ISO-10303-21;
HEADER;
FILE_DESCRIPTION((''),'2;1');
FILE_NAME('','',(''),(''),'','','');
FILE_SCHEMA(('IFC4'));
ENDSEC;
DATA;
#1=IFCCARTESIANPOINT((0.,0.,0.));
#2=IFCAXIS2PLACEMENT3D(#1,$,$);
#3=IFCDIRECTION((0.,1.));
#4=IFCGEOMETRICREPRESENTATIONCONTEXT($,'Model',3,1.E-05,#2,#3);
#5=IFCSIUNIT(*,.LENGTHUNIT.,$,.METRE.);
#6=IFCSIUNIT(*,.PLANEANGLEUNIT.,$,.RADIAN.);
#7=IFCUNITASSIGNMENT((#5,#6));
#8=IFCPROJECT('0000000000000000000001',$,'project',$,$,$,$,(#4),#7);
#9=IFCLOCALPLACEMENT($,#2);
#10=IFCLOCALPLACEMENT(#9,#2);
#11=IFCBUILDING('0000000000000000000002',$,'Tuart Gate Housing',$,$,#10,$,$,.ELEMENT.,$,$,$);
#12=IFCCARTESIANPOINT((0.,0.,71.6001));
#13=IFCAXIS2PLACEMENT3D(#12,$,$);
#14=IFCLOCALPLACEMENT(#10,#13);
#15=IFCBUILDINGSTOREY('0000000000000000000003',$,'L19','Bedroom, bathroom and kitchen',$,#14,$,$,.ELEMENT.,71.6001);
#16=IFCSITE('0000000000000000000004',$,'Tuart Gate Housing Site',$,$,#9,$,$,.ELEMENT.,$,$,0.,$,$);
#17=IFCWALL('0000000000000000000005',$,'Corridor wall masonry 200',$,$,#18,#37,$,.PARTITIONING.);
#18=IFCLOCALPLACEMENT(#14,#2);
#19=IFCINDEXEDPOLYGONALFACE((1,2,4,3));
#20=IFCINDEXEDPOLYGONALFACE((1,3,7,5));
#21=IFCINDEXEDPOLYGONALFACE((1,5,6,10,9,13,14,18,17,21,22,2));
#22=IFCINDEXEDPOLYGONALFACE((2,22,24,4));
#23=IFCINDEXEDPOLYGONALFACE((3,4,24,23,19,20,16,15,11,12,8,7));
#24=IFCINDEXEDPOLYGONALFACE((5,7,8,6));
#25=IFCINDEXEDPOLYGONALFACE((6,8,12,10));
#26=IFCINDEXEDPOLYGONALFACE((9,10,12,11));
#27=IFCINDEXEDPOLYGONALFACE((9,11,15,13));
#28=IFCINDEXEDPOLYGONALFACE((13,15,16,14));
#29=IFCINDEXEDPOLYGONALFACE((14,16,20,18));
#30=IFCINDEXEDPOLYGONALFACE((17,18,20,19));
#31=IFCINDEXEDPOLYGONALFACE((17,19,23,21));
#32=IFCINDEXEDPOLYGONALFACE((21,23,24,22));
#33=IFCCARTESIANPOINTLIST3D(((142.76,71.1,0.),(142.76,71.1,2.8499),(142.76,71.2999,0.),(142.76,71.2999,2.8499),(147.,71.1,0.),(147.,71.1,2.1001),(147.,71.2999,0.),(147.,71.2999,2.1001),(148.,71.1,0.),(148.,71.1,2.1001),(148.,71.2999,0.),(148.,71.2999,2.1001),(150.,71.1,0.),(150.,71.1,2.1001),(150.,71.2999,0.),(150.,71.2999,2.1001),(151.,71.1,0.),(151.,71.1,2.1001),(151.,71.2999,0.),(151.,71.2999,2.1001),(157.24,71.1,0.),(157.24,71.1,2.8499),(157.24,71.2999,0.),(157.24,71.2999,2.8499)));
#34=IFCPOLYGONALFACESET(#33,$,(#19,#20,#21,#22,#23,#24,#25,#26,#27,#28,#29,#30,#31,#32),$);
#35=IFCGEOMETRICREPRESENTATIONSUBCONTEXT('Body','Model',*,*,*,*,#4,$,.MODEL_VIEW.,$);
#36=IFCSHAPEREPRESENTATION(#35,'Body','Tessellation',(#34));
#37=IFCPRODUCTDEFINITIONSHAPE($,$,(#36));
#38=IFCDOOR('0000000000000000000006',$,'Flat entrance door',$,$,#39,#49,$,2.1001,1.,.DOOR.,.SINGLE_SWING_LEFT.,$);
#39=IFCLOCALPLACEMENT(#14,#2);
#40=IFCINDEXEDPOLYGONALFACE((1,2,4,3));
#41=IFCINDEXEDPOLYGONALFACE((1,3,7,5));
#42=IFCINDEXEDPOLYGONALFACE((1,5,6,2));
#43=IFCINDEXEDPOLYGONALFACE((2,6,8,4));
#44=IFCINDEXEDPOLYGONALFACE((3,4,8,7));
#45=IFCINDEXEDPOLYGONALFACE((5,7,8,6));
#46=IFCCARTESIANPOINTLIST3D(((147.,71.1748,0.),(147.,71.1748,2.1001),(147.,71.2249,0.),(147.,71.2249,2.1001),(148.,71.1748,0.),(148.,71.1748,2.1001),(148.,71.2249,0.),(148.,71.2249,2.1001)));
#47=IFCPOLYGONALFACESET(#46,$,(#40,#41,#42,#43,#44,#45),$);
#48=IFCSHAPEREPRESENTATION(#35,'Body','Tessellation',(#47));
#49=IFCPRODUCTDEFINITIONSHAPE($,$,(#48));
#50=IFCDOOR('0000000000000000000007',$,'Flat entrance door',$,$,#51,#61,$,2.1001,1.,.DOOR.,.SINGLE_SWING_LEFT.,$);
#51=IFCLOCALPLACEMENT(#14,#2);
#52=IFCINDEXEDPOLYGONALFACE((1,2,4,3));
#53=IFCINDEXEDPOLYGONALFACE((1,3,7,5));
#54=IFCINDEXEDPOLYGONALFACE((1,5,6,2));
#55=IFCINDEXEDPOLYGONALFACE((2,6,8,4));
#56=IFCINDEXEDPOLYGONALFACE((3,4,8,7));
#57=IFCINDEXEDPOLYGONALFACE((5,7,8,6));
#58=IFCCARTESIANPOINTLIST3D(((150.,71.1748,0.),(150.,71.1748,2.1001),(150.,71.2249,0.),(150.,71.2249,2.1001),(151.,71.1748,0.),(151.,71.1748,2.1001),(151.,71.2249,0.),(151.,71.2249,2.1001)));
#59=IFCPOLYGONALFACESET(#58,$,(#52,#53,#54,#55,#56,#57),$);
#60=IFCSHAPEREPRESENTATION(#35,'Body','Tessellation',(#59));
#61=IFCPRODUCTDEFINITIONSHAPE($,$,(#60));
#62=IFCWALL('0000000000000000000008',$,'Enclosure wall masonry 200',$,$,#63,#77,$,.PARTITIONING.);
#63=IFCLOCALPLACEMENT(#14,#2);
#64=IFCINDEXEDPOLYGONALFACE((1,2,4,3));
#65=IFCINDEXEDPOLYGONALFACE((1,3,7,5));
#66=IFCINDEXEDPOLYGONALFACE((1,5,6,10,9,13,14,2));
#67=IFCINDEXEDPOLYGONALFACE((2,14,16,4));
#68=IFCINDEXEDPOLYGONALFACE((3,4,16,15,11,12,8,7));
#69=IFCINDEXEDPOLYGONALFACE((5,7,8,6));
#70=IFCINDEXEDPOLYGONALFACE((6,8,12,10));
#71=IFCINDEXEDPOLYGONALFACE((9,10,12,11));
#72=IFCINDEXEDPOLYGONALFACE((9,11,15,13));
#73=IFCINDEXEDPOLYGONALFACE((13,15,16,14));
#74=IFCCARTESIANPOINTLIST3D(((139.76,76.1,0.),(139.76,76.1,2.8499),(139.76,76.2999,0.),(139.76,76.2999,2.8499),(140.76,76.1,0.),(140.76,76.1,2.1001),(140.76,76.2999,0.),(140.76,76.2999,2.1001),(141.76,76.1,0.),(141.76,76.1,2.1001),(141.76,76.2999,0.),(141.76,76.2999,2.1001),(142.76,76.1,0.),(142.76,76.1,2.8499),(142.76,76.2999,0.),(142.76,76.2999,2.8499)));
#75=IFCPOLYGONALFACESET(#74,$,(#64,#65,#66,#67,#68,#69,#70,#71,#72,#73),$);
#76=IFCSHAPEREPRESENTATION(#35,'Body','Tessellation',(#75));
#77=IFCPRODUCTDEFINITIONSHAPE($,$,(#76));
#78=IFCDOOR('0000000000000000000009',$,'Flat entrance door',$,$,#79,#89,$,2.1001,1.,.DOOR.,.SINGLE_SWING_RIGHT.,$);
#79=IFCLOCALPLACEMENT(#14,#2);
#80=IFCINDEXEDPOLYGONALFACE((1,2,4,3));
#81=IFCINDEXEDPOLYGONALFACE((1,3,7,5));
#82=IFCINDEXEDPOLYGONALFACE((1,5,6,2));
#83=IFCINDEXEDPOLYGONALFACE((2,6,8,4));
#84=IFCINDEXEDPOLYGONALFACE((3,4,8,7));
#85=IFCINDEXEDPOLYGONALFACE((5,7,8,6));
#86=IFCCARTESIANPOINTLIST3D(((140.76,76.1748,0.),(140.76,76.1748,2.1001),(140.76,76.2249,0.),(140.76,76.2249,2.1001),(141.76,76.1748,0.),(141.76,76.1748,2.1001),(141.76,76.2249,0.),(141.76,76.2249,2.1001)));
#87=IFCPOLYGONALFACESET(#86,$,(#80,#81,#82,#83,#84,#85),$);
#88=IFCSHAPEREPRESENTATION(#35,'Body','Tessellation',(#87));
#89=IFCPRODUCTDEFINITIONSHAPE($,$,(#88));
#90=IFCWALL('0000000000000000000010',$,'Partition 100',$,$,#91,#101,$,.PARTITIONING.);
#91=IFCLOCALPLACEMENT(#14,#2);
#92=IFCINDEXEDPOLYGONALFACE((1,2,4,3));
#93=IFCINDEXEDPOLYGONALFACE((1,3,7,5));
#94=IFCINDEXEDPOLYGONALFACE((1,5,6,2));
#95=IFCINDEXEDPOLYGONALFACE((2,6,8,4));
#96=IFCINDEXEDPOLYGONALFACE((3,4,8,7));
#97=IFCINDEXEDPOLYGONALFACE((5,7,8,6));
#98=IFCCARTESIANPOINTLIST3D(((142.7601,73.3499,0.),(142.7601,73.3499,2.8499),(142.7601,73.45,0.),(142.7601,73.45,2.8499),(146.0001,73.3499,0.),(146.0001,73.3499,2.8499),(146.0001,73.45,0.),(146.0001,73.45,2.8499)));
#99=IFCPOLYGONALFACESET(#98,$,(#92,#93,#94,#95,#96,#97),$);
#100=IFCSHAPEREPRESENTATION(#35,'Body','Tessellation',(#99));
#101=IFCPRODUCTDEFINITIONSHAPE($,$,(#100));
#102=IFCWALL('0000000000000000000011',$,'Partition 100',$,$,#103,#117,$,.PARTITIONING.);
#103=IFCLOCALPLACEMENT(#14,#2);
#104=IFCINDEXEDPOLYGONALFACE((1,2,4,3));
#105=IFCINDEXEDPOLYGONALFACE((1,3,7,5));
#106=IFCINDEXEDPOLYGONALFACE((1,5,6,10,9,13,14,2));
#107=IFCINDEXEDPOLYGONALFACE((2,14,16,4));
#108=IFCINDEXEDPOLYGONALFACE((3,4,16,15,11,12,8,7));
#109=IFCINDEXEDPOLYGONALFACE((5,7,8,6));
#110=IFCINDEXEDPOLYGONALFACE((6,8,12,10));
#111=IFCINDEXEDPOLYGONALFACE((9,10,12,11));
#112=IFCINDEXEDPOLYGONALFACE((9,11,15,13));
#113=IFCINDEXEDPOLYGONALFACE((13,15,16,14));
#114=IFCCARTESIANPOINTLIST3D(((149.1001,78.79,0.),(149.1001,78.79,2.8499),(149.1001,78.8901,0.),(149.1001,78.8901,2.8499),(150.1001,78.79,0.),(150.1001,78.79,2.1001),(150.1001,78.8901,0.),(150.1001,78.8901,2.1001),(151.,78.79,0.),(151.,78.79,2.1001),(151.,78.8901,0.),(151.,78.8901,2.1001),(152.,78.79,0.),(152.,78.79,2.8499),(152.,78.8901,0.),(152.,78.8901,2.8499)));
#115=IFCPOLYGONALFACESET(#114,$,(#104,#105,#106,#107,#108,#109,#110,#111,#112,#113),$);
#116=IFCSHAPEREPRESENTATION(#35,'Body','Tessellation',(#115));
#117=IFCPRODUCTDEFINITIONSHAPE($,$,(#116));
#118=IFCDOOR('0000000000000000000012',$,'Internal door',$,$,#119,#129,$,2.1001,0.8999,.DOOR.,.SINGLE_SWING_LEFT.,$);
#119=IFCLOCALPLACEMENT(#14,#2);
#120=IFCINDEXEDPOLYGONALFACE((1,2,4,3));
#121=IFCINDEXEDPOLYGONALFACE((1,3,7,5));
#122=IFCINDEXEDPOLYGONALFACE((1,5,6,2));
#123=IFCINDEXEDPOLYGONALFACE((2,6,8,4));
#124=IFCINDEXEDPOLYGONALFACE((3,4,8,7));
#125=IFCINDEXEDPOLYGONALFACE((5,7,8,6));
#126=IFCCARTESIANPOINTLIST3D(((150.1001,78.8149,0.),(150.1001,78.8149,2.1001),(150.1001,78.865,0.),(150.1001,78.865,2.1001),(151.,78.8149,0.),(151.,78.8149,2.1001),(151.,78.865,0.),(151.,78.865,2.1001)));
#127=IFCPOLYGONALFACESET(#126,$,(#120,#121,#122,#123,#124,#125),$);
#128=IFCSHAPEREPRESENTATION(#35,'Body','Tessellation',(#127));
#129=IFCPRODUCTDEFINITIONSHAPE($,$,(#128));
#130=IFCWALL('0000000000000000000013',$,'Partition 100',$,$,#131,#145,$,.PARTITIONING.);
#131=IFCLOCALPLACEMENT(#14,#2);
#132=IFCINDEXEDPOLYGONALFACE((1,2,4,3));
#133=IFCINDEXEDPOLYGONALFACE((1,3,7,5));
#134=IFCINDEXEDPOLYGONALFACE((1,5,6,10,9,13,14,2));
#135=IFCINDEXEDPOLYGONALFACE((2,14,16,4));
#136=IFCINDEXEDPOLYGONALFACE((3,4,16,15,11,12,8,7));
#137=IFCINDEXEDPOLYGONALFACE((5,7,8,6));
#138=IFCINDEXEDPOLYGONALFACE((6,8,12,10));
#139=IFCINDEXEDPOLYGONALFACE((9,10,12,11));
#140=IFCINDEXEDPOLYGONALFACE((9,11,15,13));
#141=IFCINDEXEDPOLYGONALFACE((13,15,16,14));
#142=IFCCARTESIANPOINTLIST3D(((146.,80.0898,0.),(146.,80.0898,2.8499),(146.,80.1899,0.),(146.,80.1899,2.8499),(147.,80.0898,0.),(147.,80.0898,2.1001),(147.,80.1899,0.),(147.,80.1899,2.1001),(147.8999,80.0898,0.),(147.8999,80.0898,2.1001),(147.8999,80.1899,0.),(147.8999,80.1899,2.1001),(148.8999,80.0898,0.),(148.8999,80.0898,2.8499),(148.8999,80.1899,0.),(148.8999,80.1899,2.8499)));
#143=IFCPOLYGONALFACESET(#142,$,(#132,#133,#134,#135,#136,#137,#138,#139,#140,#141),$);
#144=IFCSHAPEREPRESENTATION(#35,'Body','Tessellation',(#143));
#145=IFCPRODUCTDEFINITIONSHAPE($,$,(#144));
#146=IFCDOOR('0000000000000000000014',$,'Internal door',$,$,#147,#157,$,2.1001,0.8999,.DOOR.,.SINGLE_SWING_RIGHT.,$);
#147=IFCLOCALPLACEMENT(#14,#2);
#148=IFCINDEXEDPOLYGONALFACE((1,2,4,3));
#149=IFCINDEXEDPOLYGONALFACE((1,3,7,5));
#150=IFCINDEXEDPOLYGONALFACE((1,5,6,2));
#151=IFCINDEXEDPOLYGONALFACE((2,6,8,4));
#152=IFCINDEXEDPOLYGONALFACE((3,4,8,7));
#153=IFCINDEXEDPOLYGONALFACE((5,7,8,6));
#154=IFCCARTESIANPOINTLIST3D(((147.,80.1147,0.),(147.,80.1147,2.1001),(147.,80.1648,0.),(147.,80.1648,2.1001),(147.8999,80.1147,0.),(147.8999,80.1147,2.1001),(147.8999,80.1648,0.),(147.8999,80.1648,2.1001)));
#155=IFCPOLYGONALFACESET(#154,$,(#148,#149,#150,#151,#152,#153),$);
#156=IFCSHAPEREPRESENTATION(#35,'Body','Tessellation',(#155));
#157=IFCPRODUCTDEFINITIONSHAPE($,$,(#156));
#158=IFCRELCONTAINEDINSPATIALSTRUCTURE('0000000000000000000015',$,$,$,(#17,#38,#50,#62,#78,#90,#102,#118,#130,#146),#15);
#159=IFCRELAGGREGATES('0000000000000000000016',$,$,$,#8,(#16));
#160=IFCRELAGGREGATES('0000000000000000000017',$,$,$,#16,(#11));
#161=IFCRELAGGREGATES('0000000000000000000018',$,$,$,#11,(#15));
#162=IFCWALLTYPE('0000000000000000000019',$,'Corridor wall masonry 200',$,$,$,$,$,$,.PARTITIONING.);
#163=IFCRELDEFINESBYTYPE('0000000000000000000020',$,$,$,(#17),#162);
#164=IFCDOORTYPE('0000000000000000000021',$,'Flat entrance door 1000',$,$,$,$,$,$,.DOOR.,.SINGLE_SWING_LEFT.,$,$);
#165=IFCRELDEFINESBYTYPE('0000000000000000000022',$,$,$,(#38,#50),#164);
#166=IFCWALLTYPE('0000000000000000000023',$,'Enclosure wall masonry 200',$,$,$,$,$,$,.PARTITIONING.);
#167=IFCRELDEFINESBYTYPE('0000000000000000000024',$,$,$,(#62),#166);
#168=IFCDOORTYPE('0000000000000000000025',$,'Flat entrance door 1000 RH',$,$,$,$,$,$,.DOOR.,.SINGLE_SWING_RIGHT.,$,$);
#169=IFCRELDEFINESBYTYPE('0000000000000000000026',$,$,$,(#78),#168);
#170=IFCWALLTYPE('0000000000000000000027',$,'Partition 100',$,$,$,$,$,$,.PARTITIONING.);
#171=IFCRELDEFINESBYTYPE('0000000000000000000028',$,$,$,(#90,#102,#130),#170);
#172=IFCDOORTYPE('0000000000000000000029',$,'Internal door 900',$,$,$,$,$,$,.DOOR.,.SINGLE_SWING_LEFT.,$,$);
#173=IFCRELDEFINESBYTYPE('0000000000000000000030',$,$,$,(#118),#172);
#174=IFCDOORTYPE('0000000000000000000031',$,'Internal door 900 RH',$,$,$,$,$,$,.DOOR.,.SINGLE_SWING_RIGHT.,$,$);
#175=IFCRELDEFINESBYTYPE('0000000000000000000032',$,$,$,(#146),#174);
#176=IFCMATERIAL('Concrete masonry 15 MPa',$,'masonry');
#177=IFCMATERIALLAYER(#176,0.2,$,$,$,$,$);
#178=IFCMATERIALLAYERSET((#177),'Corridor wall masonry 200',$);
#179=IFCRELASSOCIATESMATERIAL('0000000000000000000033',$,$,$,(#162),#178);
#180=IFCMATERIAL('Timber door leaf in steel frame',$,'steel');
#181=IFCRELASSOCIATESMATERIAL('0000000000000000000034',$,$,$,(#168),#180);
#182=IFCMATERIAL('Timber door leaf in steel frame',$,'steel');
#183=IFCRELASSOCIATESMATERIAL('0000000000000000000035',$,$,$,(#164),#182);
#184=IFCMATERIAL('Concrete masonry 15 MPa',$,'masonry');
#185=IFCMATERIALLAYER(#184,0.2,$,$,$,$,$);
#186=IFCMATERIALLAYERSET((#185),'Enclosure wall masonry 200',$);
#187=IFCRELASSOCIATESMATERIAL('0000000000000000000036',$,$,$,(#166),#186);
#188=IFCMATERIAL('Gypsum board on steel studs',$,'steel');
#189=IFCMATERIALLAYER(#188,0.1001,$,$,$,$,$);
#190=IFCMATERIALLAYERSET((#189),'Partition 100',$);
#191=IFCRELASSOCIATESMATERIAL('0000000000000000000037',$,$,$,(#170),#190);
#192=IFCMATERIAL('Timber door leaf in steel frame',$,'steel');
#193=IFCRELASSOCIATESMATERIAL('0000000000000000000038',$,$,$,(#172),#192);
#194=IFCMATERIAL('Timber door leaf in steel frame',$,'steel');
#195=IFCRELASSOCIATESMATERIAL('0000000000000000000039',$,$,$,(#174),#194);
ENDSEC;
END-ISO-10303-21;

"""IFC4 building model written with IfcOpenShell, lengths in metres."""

from ifc_helpers import new_model, si_unit, direction, frame, frame_2d, origin, place, context, subcontext, project, spatial, rectangle, extrude, material, layer, layer_set, type_object, element, fill, save


model = new_model("IFC4")

# Units and contexts
model_context = context("Model", 3, precision=1e-05, world=origin(), true_north=direction((0.0, 1.0)))
body_context = subcontext(model_context, "Body", "Model", "MODEL_VIEW")
ifc_project = project(units=[si_unit("LENGTHUNIT", "METRE"), si_unit("PLANEANGLEUNIT", "RADIAN")], contexts=[model_context])

# Site, building, storey
site_placement = place(None, origin())
site = spatial("IfcSite", under=ifc_project, at=site_placement, Name="Tuart Gate Housing Site", CompositionType="ELEMENT", RefElevation=0.0)
building_placement = place(site_placement, origin())
building = spatial("IfcBuilding", under=site, at=building_placement, Name="Tuart Gate Housing", CompositionType="ELEMENT")
storey_placement = place(building_placement, frame((0.0, 0.0, 71.6001)))
storey = spatial("IfcBuildingStorey", under=building, at=storey_placement, Name="L19", Description="Bedroom, bathroom and kitchen", CompositionType="ELEMENT", Elevation=71.6001)

# Wall, openings, doors
ifc_material_1 = material(Name="Concrete masonry 15 MPa", Category="masonry")
ifc_layer_1 = layer(ifc_material_1, 0.2)
ifc_layer_set_1 = layer_set([ifc_layer_1], Name="Corridor wall masonry 200")
wall_type_1 = type_object("IfcWallType", Name="Corridor wall masonry 200", PredefinedType="PARTITIONING", material=ifc_layer_set_1)
ifc_material_2 = material(Name="Timber door leaf in steel frame", Category="steel")
door_type_1 = type_object("IfcDoorType", Name="Flat entrance door 1000 RH", OperationType="SINGLE_SWING_RIGHT", PredefinedType="DOOR", material=ifc_material_2)
wall_1_placement = place(storey_placement, frame((142.76, 71.2, 0.0), z_axis=(0.0, 0.0, 1.0), x_axis=(1.0, 0.0, 0.0)))
wall_1 = element("IfcWall", 1, at=wall_1_placement, inside=storey, type_object=wall_type_1, Name="Corridor wall masonry 200", PredefinedType="PARTITIONING", context=body_context, shape_type="SweptSolid", body=[
    extrude(rectangle(XDim=14.48, YDim=0.2, at=frame_2d((7.24, 0.0))), origin(), (0.0, 0.0, 1.0), 2.8499),
])
opening_1_placement = place(wall_1_placement, frame((4.24, 0.0, 0.0)))
opening_1 = element("IfcOpeningElement", 2, at=opening_1_placement, cuts=wall_1, PredefinedType="OPENING", context=body_context, shape_type="SweptSolid", body=[
    extrude(rectangle(XDim=1.0, YDim=2.1001, at=frame_2d((0.5, 1.05))), frame((0.0, 0.1099, 0.0), z_axis=(0.0, -1.0, 0.0), x_axis=(1.0, 0.0, 0.0)), (0.0, 0.0, 1.0), 0.22),
])
opening_2_placement = place(wall_1_placement, frame((7.24, 0.0, 0.0)))
opening_2 = element("IfcOpeningElement", 3, at=opening_2_placement, cuts=wall_1, PredefinedType="OPENING", context=body_context, shape_type="SweptSolid", body=[
    extrude(rectangle(XDim=1.0, YDim=2.1001, at=frame_2d((0.5, 1.05))), frame((0.0, 0.1099, 0.0), z_axis=(0.0, -1.0, 0.0), x_axis=(1.0, 0.0, 0.0)), (0.0, 0.0, 1.0), 0.22),
])
ifc_material_3 = material(Name="Timber door leaf in steel frame", Category="steel")
door_type_2 = type_object("IfcDoorType", Name="Flat entrance door 1000", OperationType="SINGLE_SWING_LEFT", PredefinedType="DOOR", material=ifc_material_3)
door_1_placement = place(opening_1_placement, origin())
door_1 = element("IfcDoor", 4, at=door_1_placement, inside=storey, type_object=door_type_2, Name="Flat entrance door", OperationType="SINGLE_SWING_LEFT", OverallHeight=2.1001, OverallWidth=1.0, PredefinedType="DOOR", context=body_context, shape_type="SweptSolid", body=[
    extrude(rectangle(XDim=1.0, YDim=2.1001, at=frame_2d((0.5, 1.05))), frame((0.0, 0.0249, 0.0), z_axis=(0.0, -1.0, 0.0), x_axis=(1.0, 0.0, 0.0)), (0.0, 0.0, 1.0), 0.05),
])
fill(opening_1, door_1)
door_2_placement = place(opening_2_placement, origin())
door_2 = element("IfcDoor", 5, at=door_2_placement, inside=storey, type_object=door_type_2, Name="Flat entrance door", OperationType="SINGLE_SWING_LEFT", OverallHeight=2.1001, OverallWidth=1.0, PredefinedType="DOOR", context=body_context, shape_type="SweptSolid", body=[
    extrude(rectangle(XDim=1.0, YDim=2.1001, at=frame_2d((0.5, 1.05))), frame((0.0, 0.0249, 0.0), z_axis=(0.0, -1.0, 0.0), x_axis=(1.0, 0.0, 0.0)), (0.0, 0.0, 1.0), 0.05),
])
fill(opening_2, door_2)

# Wall, opening, door
ifc_material_4 = material(Name="Concrete masonry 15 MPa", Category="masonry")
ifc_layer_2 = layer(ifc_material_4, 0.2)
ifc_layer_set_2 = layer_set([ifc_layer_2], Name="Enclosure wall masonry 200")
wall_type_2 = type_object("IfcWallType", Name="Enclosure wall masonry 200", PredefinedType="PARTITIONING", material=ifc_layer_set_2)
wall_2_placement = place(storey_placement, frame((139.76, 76.2, 0.0), z_axis=(0.0, 0.0, 1.0), x_axis=(1.0, 0.0, 0.0)))
wall_2 = element("IfcWall", 6, at=wall_2_placement, inside=storey, type_object=wall_type_2, Name="Enclosure wall masonry 200", PredefinedType="PARTITIONING", context=body_context, shape_type="SweptSolid", body=[
    extrude(rectangle(XDim=3.0, YDim=0.2, at=frame_2d((1.5, 0.0))), origin(), (0.0, 0.0, 1.0), 2.8499),
])
opening_3_placement = place(wall_2_placement, frame((1.0, 0.0, 0.0)))
opening_3 = element("IfcOpeningElement", 7, at=opening_3_placement, cuts=wall_2, PredefinedType="OPENING", context=body_context, shape_type="SweptSolid", body=[
    extrude(rectangle(XDim=1.0, YDim=2.1001, at=frame_2d((0.5, 1.05))), frame((0.0, 0.1099, 0.0), z_axis=(0.0, -1.0, 0.0), x_axis=(1.0, 0.0, 0.0)), (0.0, 0.0, 1.0), 0.22),
])
door_3_placement = place(opening_3_placement, origin())
door_3 = element("IfcDoor", 8, at=door_3_placement, inside=storey, type_object=door_type_1, Name="Flat entrance door", OperationType="SINGLE_SWING_RIGHT", OverallHeight=2.1001, OverallWidth=1.0, PredefinedType="DOOR", context=body_context, shape_type="SweptSolid", body=[
    extrude(rectangle(XDim=1.0, YDim=2.1001, at=frame_2d((0.5, 1.05))), frame((0.0, 0.0249, 0.0), z_axis=(0.0, -1.0, 0.0), x_axis=(1.0, 0.0, 0.0)), (0.0, 0.0, 1.0), 0.05),
])
fill(opening_3, door_3)

# Wall
ifc_material_5 = material(Name="Gypsum board on steel studs", Category="steel")
ifc_layer_3 = layer(ifc_material_5, 0.1001)
ifc_layer_set_3 = layer_set([ifc_layer_3], Name="Partition 100")
wall_type_3 = type_object("IfcWallType", Name="Partition 100", PredefinedType="PARTITIONING", material=ifc_layer_set_3)
wall_3_placement = place(storey_placement, frame((142.76, 73.3999, 0.0), z_axis=(0.0, 0.0, 1.0), x_axis=(1.0, 0.0, 0.0)))
element("IfcWall", 9, at=wall_3_placement, inside=storey, type_object=wall_type_3, Name="Partition 100", PredefinedType="PARTITIONING", context=body_context, shape_type="SweptSolid", body=[
    extrude(rectangle(XDim=3.24, YDim=0.1001, at=frame_2d((1.6201, 0.0))), origin(), (0.0, 0.0, 1.0), 2.8499),
])

# Walls, openings, doors
wall_4_placement = place(storey_placement, frame((149.1001, 78.8401, 0.0), z_axis=(0.0, 0.0, 1.0), x_axis=(1.0, 0.0, 0.0)))
wall_4 = element("IfcWall", 10, at=wall_4_placement, inside=storey, type_object=wall_type_3, Name="Partition 100", PredefinedType="PARTITIONING", context=body_context, shape_type="SweptSolid", body=[
    extrude(rectangle(XDim=2.8999, YDim=0.1001, at=frame_2d((1.45, 0.0))), origin(), (0.0, 0.0, 1.0), 2.8499),
])
opening_4_placement = place(wall_4_placement, frame((1.0, 0.0, 0.0)))
opening_4 = element("IfcOpeningElement", 11, at=opening_4_placement, cuts=wall_4, PredefinedType="OPENING", context=body_context, shape_type="SweptSolid", body=[
    extrude(rectangle(XDim=0.8999, YDim=2.1001, at=frame_2d((0.45, 1.05))), frame((0.0, 0.0601, 0.0), z_axis=(0.0, -1.0, 0.0), x_axis=(1.0, 0.0, 0.0)), (0.0, 0.0, 1.0), 0.1201),
])
ifc_material_6 = material(Name="Timber door leaf in steel frame", Category="steel")
door_type_3 = type_object("IfcDoorType", Name="Internal door 900", OperationType="SINGLE_SWING_LEFT", PredefinedType="DOOR", material=ifc_material_6)
door_4_placement = place(opening_4_placement, frame((0.8999, 0.0, 0.0), z_axis=(0.0, 0.0, 1.0), x_axis=(-1.0, 0.0, 0.0)))
door_4 = element("IfcDoor", 12, at=door_4_placement, inside=storey, type_object=door_type_3, Name="Internal door", OperationType="SINGLE_SWING_LEFT", OverallHeight=2.1001, OverallWidth=0.8999, PredefinedType="DOOR", context=body_context, shape_type="SweptSolid", body=[
    extrude(rectangle(XDim=0.8999, YDim=2.1001, at=frame_2d((0.45, 1.05))), frame((0.0, 0.0251, 0.0), z_axis=(0.0, -1.0, 0.0), x_axis=(1.0, 0.0, 0.0)), (0.0, 0.0, 1.0), 0.05),
])
fill(opening_4, door_4)
wall_5_placement = place(storey_placement, frame((146.0, 80.1399, 0.0), z_axis=(0.0, 0.0, 1.0), x_axis=(1.0, 0.0, 0.0)))
wall_5 = element("IfcWall", 13, at=wall_5_placement, inside=storey, type_object=wall_type_3, Name="Partition 100", PredefinedType="PARTITIONING", context=body_context, shape_type="SweptSolid", body=[
    extrude(rectangle(XDim=2.8999, YDim=0.1001, at=frame_2d((1.45, 0.0))), origin(), (0.0, 0.0, 1.0), 2.8499),
])
opening_5_placement = place(wall_5_placement, frame((1.0, 0.0, 0.0)))
opening_5 = element("IfcOpeningElement", 14, at=opening_5_placement, cuts=wall_5, PredefinedType="OPENING", context=body_context, shape_type="SweptSolid", body=[
    extrude(rectangle(XDim=0.8999, YDim=2.1001, at=frame_2d((0.45, 1.05))), frame((0.0, 0.0601, 0.0), z_axis=(0.0, -1.0, 0.0), x_axis=(1.0, 0.0, 0.0)), (0.0, 0.0, 1.0), 0.1201),
])
ifc_material_7 = material(Name="Timber door leaf in steel frame", Category="steel")
door_type_4 = type_object("IfcDoorType", Name="Internal door 900 RH", OperationType="SINGLE_SWING_RIGHT", PredefinedType="DOOR", material=ifc_material_7)
door_5_placement = place(opening_5_placement, frame((0.8999, 0.0, 0.0), z_axis=(0.0, 0.0, 1.0), x_axis=(-1.0, 0.0, 0.0)))
door_5 = element("IfcDoor", 15, at=door_5_placement, inside=storey, type_object=door_type_4, Name="Internal door", OperationType="SINGLE_SWING_RIGHT", OverallHeight=2.1001, OverallWidth=0.8999, PredefinedType="DOOR", context=body_context, shape_type="SweptSolid", body=[
    extrude(rectangle(XDim=0.8999, YDim=2.1001, at=frame_2d((0.45, 1.05))), frame((0.0, 0.0251, 0.0), z_axis=(0.0, -1.0, 0.0), x_axis=(1.0, 0.0, 0.0)), (0.0, 0.0, 1.0), 0.05),
])
fill(opening_5, door_5)

save(model, "model.ifc")
